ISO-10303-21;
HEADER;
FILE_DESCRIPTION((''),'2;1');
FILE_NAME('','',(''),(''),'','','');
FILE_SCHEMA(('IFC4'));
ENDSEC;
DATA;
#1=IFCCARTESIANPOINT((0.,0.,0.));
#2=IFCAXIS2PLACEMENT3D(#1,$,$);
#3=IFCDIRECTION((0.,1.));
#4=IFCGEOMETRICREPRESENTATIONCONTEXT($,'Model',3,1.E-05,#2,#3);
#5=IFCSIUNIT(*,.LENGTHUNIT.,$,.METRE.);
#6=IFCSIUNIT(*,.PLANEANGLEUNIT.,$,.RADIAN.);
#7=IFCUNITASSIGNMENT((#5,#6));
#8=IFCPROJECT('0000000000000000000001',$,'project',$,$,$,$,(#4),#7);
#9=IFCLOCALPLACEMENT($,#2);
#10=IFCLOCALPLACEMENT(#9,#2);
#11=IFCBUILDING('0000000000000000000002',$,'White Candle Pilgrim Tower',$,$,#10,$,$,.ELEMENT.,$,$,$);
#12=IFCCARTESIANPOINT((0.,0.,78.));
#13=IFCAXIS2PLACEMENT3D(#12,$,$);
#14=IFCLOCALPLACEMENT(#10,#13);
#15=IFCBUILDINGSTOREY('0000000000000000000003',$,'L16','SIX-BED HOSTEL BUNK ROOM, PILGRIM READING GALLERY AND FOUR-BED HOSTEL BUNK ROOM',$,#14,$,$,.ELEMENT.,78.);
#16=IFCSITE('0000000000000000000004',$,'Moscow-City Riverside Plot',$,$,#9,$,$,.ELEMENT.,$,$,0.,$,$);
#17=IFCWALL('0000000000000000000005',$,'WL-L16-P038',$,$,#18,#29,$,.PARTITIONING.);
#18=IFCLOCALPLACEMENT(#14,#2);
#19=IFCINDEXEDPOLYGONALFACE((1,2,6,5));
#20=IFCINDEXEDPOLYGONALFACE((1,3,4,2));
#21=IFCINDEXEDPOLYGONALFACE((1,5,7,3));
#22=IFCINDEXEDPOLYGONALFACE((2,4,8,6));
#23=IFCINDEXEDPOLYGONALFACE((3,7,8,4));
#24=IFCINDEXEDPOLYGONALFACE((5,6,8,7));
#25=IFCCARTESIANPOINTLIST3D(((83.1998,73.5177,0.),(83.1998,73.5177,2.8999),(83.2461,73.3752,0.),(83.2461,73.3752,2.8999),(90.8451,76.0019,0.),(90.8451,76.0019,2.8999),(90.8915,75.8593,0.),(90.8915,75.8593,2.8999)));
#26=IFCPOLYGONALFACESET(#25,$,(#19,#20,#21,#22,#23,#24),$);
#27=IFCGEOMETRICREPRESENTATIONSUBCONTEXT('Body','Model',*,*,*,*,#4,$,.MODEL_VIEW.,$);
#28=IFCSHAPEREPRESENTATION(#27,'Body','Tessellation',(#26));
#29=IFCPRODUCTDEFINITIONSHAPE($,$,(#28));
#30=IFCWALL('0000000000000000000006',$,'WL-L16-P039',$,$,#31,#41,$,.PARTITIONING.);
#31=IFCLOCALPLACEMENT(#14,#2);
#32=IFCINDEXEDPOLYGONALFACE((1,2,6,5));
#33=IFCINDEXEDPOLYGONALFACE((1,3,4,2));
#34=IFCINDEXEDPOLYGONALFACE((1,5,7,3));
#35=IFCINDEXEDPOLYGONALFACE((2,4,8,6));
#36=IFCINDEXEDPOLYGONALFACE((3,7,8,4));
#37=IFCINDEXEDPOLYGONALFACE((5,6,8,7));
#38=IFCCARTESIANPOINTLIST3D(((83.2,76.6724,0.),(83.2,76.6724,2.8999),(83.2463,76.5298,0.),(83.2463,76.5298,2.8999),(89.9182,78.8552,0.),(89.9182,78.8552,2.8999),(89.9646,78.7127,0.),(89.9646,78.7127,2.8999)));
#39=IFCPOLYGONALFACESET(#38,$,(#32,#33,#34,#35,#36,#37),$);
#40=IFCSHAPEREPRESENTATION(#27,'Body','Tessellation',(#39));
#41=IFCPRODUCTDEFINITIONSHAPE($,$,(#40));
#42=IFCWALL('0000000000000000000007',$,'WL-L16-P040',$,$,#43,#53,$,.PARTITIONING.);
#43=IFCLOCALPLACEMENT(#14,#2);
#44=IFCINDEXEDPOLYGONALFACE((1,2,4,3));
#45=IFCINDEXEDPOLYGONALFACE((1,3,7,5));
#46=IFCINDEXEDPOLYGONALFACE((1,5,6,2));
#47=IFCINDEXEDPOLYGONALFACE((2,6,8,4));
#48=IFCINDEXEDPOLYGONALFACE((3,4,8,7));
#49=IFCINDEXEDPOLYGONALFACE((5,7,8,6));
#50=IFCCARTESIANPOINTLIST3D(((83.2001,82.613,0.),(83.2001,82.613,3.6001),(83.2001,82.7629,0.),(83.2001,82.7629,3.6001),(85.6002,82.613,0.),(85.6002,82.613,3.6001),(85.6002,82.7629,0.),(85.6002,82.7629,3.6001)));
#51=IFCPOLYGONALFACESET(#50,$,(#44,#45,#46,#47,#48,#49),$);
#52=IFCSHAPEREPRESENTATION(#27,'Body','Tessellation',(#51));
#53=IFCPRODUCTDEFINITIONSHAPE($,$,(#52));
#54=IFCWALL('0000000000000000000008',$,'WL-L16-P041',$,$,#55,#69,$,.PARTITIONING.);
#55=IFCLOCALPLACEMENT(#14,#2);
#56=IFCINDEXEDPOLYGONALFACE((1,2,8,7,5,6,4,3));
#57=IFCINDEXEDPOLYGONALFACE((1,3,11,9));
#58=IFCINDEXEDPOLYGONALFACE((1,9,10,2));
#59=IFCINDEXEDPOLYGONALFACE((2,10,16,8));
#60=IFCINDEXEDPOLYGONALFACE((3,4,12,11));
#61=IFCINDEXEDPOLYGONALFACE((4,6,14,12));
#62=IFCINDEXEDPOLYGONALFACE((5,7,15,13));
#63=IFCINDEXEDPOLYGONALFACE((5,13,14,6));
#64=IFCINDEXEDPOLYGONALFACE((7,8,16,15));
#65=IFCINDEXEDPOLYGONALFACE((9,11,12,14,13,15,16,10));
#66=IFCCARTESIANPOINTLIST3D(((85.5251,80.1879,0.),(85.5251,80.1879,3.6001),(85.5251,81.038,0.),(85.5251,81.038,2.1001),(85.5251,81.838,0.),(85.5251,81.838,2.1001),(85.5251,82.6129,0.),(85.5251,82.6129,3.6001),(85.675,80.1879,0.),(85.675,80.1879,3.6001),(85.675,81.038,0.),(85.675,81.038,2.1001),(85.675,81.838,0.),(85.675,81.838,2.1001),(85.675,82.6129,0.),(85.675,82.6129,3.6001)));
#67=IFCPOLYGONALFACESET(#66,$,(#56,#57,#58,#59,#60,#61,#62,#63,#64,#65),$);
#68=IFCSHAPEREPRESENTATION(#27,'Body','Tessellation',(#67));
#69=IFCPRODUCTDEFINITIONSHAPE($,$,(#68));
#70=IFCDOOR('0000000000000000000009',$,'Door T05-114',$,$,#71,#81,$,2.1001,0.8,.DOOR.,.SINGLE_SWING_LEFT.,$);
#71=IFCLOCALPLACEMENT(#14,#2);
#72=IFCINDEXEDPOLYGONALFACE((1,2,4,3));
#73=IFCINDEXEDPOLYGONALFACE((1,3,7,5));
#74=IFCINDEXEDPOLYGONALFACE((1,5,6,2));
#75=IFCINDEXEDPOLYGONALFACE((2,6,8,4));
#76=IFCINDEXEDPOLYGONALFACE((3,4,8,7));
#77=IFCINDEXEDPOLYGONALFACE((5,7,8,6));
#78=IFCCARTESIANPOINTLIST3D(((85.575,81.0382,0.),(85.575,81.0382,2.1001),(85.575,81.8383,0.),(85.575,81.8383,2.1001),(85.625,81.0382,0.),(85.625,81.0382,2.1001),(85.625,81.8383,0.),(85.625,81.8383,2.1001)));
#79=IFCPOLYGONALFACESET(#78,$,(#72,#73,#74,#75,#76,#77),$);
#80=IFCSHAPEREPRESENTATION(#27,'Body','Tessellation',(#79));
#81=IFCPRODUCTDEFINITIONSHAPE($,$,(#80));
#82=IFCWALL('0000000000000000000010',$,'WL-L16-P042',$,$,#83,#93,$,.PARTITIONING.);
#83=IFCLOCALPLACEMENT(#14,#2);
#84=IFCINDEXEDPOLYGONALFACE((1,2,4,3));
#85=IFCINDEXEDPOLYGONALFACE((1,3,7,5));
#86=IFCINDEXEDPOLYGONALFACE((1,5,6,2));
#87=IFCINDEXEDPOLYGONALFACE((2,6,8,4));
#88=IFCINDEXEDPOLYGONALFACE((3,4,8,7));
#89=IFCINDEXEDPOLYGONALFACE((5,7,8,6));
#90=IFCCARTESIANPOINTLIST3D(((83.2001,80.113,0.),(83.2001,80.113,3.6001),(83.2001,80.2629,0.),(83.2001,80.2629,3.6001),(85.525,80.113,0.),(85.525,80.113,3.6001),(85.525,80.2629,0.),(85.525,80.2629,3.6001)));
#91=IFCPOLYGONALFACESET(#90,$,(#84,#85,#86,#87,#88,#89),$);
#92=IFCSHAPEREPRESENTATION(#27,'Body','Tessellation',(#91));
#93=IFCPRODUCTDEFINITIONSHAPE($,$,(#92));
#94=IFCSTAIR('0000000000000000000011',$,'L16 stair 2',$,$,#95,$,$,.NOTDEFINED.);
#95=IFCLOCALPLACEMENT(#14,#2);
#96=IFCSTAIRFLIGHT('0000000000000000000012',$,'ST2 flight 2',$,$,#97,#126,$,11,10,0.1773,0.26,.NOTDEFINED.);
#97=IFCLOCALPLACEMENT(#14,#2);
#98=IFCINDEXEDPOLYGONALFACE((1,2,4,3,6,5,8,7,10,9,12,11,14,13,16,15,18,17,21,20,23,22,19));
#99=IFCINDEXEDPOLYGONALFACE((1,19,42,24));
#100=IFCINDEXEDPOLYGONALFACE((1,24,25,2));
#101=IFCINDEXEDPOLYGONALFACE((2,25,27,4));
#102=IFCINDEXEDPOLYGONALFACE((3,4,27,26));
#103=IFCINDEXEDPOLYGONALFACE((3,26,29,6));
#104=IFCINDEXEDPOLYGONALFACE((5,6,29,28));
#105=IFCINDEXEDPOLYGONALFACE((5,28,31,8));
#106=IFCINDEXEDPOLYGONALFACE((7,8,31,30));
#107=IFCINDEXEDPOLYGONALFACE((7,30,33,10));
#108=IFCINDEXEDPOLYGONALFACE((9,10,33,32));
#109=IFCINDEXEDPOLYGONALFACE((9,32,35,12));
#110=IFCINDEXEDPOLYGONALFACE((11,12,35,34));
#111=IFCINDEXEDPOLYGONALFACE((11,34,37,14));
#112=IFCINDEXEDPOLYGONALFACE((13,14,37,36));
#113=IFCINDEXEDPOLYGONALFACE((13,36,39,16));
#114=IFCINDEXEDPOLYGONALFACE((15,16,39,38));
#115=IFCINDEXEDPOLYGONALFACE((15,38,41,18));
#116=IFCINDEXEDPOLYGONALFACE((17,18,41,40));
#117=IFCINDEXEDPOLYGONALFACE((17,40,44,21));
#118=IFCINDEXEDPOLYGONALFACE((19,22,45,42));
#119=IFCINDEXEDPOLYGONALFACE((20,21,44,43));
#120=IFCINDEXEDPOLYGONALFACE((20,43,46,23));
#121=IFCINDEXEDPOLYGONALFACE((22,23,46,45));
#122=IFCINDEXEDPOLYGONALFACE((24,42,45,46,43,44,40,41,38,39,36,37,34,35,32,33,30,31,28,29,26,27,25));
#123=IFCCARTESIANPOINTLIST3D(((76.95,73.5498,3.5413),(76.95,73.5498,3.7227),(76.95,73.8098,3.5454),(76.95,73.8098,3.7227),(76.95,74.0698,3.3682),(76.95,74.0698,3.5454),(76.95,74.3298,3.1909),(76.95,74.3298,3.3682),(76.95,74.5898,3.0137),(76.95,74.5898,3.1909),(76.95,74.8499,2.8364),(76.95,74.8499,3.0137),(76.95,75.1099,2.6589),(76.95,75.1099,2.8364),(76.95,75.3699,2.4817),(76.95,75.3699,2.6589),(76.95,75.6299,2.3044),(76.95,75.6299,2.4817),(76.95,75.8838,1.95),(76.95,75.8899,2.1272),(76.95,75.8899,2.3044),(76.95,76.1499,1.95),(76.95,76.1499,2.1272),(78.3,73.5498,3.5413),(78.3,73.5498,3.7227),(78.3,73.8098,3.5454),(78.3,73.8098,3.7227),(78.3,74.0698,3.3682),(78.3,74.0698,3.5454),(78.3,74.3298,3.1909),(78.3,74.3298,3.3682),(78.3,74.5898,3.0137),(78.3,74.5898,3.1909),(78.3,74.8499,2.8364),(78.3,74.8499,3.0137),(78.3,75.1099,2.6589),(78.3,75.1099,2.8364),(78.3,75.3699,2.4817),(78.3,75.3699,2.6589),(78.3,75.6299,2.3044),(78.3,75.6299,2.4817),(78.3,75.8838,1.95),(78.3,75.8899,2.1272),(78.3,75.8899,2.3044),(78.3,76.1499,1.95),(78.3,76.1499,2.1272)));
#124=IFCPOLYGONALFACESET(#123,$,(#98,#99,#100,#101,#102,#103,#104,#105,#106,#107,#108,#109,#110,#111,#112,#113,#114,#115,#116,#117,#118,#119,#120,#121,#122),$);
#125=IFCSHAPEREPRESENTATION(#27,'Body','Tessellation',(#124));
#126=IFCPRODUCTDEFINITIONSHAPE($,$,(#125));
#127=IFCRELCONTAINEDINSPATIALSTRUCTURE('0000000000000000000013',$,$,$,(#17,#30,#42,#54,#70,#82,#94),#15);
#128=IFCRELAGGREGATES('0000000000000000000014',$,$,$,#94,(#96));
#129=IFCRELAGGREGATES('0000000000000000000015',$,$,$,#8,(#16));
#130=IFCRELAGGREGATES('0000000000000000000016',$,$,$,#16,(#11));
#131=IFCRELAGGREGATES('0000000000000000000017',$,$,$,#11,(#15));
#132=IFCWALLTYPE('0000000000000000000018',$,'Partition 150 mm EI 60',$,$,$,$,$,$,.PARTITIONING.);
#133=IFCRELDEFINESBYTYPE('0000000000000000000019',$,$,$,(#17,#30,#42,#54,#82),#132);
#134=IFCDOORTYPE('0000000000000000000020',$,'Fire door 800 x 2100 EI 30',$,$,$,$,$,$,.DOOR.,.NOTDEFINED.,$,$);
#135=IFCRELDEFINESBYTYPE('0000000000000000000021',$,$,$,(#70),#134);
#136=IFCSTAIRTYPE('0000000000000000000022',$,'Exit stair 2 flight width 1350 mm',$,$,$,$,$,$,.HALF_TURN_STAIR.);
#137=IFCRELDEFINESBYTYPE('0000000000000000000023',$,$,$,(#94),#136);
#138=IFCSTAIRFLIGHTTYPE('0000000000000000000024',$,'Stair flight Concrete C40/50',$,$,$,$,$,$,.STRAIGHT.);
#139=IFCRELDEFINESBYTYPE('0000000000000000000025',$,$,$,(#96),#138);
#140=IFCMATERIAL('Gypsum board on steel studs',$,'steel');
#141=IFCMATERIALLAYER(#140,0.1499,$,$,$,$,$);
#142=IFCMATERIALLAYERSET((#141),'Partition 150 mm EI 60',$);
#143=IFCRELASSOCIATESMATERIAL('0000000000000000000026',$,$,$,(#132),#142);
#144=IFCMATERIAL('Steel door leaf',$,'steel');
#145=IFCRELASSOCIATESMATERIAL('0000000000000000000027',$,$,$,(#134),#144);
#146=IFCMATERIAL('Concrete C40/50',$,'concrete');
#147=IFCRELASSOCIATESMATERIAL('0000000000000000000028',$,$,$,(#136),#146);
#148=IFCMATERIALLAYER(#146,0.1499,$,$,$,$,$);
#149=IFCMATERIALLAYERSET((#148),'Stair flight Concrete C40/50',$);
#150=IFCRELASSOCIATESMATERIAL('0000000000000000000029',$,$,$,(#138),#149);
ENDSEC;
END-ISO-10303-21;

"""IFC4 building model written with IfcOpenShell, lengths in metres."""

from ifc_helpers import new_model, si_unit, direction, frame, frame_2d, origin, place, context, subcontext, project, spatial, polyline, rectangle, outline, extrude, material, layer, layer_set, type_object, element, fill, aggregate, save


model = new_model("IFC4")

# Units and contexts
model_context = context("Model", 3, precision=1e-05, world=origin(), true_north=direction((0.0, 1.0)))
body_context = subcontext(model_context, "Body", "Model", "MODEL_VIEW")
ifc_project = project(units=[si_unit("LENGTHUNIT", "METRE"), si_unit("PLANEANGLEUNIT", "RADIAN")], contexts=[model_context])

# Site, building, storey
site_placement = place(None, origin())
site = spatial("IfcSite", under=ifc_project, at=site_placement, Name="Moscow-City Riverside Plot", CompositionType="ELEMENT", RefElevation=0.0)
building_placement = place(site_placement, origin())
building = spatial("IfcBuilding", under=site, at=building_placement, Name="White Candle Pilgrim Tower", CompositionType="ELEMENT")
storey_placement = place(building_placement, frame((0.0, 0.0, 78.0)))
storey = spatial("IfcBuildingStorey", under=building, at=storey_placement, Name="L16", Description="SIX-BED HOSTEL BUNK ROOM, PILGRIM READING GALLERY AND FOUR-BED HOSTEL BUNK ROOM", CompositionType="ELEMENT", Elevation=78.0)

# Shared definitions
ifc_material_1 = material(Name="Steel door leaf", Category="steel")

# Shared definitions
ifc_material_2 = material(Name="Gypsum board on steel studs", Category="steel")

# Walls
ifc_layer_1 = layer(ifc_material_2, 0.1499)
ifc_layer_set_1 = layer_set([ifc_layer_1], Name="Partition 150 mm EI 60")
wall_type_1 = type_object("IfcWallType", Name="Partition 150 mm EI 60", PredefinedType="PARTITIONING", material=ifc_layer_set_1)
wall_1_placement = place(storey_placement, frame((90.8684, 75.9307, 0.0), z_axis=(0.0, 0.0, 1.0), x_axis=(-0.951055, -0.309021, 0.0)))
element("IfcWall", 1, at=wall_1_placement, inside=storey, type_object=wall_type_1, Name="WL-L16-P038", PredefinedType="PARTITIONING", context=body_context, shape_type="SweptSolid", body=[
    extrude(rectangle(XDim=8.0388, YDim=0.1499, at=frame_2d((4.0195, 0.0))), origin(), (0.0, 0.0, 1.0), 2.8999),
])
wall_2_placement = place(storey_placement, frame((89.9414, 78.7839, 0.0), z_axis=(0.0, 0.0, 1.0), x_axis=(-0.951058, -0.309013, 0.0)))
element("IfcWall", 2, at=wall_2_placement, inside=storey, type_object=wall_type_1, Name="WL-L16-P039", PredefinedType="PARTITIONING", context=body_context, shape_type="SweptSolid", body=[
    extrude(rectangle(XDim=7.064, YDim=0.1499, at=frame_2d((3.532, 0.0))), origin(), (0.0, 0.0, 1.0), 2.8999),
])
wall_3_placement = place(storey_placement, frame((83.2, 82.688, 0.0), z_axis=(0.0, 0.0, 1.0), x_axis=(1.0, 0.0, 0.0)))
element("IfcWall", 3, at=wall_3_placement, inside=storey, type_object=wall_type_1, Name="WL-L16-P040", PredefinedType="PARTITIONING", context=body_context, shape_type="SweptSolid", body=[
    extrude(rectangle(XDim=2.4001, YDim=0.1499, at=frame_2d((1.2002, 0.0))), origin(), (0.0, 0.0, 1.0), 3.6001),
])

# Wall, opening, door
wall_4_placement = place(storey_placement, frame((85.6001, 80.188, 0.0), z_axis=(0.0, 0.0, 1.0), x_axis=(0.0, 1.0, 0.0)))
wall_4 = element("IfcWall", 4, at=wall_4_placement, inside=storey, type_object=wall_type_1, Name="WL-L16-P041", PredefinedType="PARTITIONING", context=body_context, shape_type="SweptSolid", body=[
    extrude(rectangle(XDim=2.425, YDim=0.1499, at=frame_2d((1.2124, 0.0))), origin(), (0.0, 0.0, 1.0), 3.6001),
])
opening_1_placement = place(wall_4_placement, frame((0.8501, 0.0, 0.0)))
opening_1 = element("IfcOpeningElement", 5, at=opening_1_placement, cuts=wall_4, PredefinedType="OPENING", context=body_context, shape_type="SweptSolid", body=[
    extrude(rectangle(XDim=0.8, YDim=2.1001, at=frame_2d((0.3999, 1.05))), frame((0.0, 0.085, 0.0), z_axis=(0.0, -1.0, 0.0), x_axis=(1.0, 0.0, 0.0)), (0.0, 0.0, 1.0), 0.1699),
])
door_type_1 = type_object("IfcDoorType", Name="Fire door 800 x 2100 EI 30", OperationType="NOTDEFINED", PredefinedType="DOOR", material=ifc_material_1)
door_1_placement = place(opening_1_placement, frame((0.8, 0.0, 0.0), z_axis=(0.0, 0.0, 1.0), x_axis=(-1.0, 0.0, 0.0)))
door_1 = element("IfcDoor", 6, at=door_1_placement, inside=storey, type_object=door_type_1, Name="Door T05-114", OperationType="SINGLE_SWING_LEFT", OverallHeight=2.1001, OverallWidth=0.8, PredefinedType="DOOR", context=body_context, shape_type="SweptSolid", body=[
    extrude(rectangle(XDim=0.8, YDim=2.1001, at=frame_2d((0.3999, 1.05))), frame((0.0, 0.0249, 0.0), z_axis=(0.0, -1.0, 0.0), x_axis=(1.0, 0.0, 0.0)), (0.0, 0.0, 1.0), 0.05),
])
fill(opening_1, door_1)

# Wall
wall_5_placement = place(storey_placement, frame((83.2, 80.188, 0.0), z_axis=(0.0, 0.0, 1.0), x_axis=(1.0, 0.0, 0.0)))
element("IfcWall", 7, at=wall_5_placement, inside=storey, type_object=wall_type_1, Name="WL-L16-P042", PredefinedType="PARTITIONING", context=body_context, shape_type="SweptSolid", body=[
    extrude(rectangle(XDim=2.325, YDim=0.1499, at=frame_2d((1.1626, 0.0))), origin(), (0.0, 0.0, 1.0), 3.6001),
])

# Stair, stair flight
ifc_material_3 = material(Name="Concrete C40/50", Category="concrete")
stair_type = type_object("IfcStairType", Name="Exit stair 2 flight width 1350 mm", PredefinedType="HALF_TURN_STAIR", material=ifc_material_3)
stair_placement = place(storey_placement, origin())
stair = element("IfcStair", 8, at=stair_placement, inside=storey, type_object=stair_type, Name="L16 stair 2", PredefinedType="NOTDEFINED")
ifc_layer_2 = layer(ifc_material_3, 0.1499)
ifc_layer_set_2 = layer_set([ifc_layer_2], Name="Stair flight Concrete C40/50")
stair_flight_type = type_object("IfcStairFlightType", Name="Stair flight Concrete C40/50", PredefinedType="STRAIGHT", material=ifc_layer_set_2)
stair_flight_placement = place(storey_placement, frame((77.625, 76.1499, 1.95), z_axis=(0.0, 0.0, 1.0), x_axis=(0.0, -1.0, 0.0)))
stair_flight = element("IfcStairFlight", 9, at=stair_flight_placement, type_object=stair_flight_type, Name="ST2 flight 2", NumberOfRisers=11, NumberOfTreads=10, PredefinedType="NOTDEFINED", RiserHeight=0.1773, TreadLength=0.26, context=body_context, shape_type="SweptSolid", body=[
    extrude(outline(polyline([(0.0, 0.0), (0.0, 0.1772), (0.26, 0.1772), (0.26, 0.3545), (0.52, 0.3545), (0.52, 0.5317), (0.78, 0.5317), (0.78, 0.709), (1.04, 0.709), (1.04, 0.8865), (1.3, 0.8865), (1.3, 1.0637), (1.5601, 1.0637), (1.5601, 1.241), (1.8201, 1.241), (1.8201, 1.4182), (2.0801, 1.4182), (2.0801, 1.5955), (2.3401, 1.5955), (2.3401, 1.7727), (2.6001, 1.7727), (2.6001, 1.95), (2.6001, 1.5913), (0.2661, 0.0), (0.0, 0.0)])), frame((0.0, 0.675, 0.0), z_axis=(0.0, -1.0, 0.0), x_axis=(1.0, 0.0, 0.0)), (0.0, 0.0, 1.0), 1.3501),
])
aggregate(stair, [stair_flight])

save(model, "model.ifc")
